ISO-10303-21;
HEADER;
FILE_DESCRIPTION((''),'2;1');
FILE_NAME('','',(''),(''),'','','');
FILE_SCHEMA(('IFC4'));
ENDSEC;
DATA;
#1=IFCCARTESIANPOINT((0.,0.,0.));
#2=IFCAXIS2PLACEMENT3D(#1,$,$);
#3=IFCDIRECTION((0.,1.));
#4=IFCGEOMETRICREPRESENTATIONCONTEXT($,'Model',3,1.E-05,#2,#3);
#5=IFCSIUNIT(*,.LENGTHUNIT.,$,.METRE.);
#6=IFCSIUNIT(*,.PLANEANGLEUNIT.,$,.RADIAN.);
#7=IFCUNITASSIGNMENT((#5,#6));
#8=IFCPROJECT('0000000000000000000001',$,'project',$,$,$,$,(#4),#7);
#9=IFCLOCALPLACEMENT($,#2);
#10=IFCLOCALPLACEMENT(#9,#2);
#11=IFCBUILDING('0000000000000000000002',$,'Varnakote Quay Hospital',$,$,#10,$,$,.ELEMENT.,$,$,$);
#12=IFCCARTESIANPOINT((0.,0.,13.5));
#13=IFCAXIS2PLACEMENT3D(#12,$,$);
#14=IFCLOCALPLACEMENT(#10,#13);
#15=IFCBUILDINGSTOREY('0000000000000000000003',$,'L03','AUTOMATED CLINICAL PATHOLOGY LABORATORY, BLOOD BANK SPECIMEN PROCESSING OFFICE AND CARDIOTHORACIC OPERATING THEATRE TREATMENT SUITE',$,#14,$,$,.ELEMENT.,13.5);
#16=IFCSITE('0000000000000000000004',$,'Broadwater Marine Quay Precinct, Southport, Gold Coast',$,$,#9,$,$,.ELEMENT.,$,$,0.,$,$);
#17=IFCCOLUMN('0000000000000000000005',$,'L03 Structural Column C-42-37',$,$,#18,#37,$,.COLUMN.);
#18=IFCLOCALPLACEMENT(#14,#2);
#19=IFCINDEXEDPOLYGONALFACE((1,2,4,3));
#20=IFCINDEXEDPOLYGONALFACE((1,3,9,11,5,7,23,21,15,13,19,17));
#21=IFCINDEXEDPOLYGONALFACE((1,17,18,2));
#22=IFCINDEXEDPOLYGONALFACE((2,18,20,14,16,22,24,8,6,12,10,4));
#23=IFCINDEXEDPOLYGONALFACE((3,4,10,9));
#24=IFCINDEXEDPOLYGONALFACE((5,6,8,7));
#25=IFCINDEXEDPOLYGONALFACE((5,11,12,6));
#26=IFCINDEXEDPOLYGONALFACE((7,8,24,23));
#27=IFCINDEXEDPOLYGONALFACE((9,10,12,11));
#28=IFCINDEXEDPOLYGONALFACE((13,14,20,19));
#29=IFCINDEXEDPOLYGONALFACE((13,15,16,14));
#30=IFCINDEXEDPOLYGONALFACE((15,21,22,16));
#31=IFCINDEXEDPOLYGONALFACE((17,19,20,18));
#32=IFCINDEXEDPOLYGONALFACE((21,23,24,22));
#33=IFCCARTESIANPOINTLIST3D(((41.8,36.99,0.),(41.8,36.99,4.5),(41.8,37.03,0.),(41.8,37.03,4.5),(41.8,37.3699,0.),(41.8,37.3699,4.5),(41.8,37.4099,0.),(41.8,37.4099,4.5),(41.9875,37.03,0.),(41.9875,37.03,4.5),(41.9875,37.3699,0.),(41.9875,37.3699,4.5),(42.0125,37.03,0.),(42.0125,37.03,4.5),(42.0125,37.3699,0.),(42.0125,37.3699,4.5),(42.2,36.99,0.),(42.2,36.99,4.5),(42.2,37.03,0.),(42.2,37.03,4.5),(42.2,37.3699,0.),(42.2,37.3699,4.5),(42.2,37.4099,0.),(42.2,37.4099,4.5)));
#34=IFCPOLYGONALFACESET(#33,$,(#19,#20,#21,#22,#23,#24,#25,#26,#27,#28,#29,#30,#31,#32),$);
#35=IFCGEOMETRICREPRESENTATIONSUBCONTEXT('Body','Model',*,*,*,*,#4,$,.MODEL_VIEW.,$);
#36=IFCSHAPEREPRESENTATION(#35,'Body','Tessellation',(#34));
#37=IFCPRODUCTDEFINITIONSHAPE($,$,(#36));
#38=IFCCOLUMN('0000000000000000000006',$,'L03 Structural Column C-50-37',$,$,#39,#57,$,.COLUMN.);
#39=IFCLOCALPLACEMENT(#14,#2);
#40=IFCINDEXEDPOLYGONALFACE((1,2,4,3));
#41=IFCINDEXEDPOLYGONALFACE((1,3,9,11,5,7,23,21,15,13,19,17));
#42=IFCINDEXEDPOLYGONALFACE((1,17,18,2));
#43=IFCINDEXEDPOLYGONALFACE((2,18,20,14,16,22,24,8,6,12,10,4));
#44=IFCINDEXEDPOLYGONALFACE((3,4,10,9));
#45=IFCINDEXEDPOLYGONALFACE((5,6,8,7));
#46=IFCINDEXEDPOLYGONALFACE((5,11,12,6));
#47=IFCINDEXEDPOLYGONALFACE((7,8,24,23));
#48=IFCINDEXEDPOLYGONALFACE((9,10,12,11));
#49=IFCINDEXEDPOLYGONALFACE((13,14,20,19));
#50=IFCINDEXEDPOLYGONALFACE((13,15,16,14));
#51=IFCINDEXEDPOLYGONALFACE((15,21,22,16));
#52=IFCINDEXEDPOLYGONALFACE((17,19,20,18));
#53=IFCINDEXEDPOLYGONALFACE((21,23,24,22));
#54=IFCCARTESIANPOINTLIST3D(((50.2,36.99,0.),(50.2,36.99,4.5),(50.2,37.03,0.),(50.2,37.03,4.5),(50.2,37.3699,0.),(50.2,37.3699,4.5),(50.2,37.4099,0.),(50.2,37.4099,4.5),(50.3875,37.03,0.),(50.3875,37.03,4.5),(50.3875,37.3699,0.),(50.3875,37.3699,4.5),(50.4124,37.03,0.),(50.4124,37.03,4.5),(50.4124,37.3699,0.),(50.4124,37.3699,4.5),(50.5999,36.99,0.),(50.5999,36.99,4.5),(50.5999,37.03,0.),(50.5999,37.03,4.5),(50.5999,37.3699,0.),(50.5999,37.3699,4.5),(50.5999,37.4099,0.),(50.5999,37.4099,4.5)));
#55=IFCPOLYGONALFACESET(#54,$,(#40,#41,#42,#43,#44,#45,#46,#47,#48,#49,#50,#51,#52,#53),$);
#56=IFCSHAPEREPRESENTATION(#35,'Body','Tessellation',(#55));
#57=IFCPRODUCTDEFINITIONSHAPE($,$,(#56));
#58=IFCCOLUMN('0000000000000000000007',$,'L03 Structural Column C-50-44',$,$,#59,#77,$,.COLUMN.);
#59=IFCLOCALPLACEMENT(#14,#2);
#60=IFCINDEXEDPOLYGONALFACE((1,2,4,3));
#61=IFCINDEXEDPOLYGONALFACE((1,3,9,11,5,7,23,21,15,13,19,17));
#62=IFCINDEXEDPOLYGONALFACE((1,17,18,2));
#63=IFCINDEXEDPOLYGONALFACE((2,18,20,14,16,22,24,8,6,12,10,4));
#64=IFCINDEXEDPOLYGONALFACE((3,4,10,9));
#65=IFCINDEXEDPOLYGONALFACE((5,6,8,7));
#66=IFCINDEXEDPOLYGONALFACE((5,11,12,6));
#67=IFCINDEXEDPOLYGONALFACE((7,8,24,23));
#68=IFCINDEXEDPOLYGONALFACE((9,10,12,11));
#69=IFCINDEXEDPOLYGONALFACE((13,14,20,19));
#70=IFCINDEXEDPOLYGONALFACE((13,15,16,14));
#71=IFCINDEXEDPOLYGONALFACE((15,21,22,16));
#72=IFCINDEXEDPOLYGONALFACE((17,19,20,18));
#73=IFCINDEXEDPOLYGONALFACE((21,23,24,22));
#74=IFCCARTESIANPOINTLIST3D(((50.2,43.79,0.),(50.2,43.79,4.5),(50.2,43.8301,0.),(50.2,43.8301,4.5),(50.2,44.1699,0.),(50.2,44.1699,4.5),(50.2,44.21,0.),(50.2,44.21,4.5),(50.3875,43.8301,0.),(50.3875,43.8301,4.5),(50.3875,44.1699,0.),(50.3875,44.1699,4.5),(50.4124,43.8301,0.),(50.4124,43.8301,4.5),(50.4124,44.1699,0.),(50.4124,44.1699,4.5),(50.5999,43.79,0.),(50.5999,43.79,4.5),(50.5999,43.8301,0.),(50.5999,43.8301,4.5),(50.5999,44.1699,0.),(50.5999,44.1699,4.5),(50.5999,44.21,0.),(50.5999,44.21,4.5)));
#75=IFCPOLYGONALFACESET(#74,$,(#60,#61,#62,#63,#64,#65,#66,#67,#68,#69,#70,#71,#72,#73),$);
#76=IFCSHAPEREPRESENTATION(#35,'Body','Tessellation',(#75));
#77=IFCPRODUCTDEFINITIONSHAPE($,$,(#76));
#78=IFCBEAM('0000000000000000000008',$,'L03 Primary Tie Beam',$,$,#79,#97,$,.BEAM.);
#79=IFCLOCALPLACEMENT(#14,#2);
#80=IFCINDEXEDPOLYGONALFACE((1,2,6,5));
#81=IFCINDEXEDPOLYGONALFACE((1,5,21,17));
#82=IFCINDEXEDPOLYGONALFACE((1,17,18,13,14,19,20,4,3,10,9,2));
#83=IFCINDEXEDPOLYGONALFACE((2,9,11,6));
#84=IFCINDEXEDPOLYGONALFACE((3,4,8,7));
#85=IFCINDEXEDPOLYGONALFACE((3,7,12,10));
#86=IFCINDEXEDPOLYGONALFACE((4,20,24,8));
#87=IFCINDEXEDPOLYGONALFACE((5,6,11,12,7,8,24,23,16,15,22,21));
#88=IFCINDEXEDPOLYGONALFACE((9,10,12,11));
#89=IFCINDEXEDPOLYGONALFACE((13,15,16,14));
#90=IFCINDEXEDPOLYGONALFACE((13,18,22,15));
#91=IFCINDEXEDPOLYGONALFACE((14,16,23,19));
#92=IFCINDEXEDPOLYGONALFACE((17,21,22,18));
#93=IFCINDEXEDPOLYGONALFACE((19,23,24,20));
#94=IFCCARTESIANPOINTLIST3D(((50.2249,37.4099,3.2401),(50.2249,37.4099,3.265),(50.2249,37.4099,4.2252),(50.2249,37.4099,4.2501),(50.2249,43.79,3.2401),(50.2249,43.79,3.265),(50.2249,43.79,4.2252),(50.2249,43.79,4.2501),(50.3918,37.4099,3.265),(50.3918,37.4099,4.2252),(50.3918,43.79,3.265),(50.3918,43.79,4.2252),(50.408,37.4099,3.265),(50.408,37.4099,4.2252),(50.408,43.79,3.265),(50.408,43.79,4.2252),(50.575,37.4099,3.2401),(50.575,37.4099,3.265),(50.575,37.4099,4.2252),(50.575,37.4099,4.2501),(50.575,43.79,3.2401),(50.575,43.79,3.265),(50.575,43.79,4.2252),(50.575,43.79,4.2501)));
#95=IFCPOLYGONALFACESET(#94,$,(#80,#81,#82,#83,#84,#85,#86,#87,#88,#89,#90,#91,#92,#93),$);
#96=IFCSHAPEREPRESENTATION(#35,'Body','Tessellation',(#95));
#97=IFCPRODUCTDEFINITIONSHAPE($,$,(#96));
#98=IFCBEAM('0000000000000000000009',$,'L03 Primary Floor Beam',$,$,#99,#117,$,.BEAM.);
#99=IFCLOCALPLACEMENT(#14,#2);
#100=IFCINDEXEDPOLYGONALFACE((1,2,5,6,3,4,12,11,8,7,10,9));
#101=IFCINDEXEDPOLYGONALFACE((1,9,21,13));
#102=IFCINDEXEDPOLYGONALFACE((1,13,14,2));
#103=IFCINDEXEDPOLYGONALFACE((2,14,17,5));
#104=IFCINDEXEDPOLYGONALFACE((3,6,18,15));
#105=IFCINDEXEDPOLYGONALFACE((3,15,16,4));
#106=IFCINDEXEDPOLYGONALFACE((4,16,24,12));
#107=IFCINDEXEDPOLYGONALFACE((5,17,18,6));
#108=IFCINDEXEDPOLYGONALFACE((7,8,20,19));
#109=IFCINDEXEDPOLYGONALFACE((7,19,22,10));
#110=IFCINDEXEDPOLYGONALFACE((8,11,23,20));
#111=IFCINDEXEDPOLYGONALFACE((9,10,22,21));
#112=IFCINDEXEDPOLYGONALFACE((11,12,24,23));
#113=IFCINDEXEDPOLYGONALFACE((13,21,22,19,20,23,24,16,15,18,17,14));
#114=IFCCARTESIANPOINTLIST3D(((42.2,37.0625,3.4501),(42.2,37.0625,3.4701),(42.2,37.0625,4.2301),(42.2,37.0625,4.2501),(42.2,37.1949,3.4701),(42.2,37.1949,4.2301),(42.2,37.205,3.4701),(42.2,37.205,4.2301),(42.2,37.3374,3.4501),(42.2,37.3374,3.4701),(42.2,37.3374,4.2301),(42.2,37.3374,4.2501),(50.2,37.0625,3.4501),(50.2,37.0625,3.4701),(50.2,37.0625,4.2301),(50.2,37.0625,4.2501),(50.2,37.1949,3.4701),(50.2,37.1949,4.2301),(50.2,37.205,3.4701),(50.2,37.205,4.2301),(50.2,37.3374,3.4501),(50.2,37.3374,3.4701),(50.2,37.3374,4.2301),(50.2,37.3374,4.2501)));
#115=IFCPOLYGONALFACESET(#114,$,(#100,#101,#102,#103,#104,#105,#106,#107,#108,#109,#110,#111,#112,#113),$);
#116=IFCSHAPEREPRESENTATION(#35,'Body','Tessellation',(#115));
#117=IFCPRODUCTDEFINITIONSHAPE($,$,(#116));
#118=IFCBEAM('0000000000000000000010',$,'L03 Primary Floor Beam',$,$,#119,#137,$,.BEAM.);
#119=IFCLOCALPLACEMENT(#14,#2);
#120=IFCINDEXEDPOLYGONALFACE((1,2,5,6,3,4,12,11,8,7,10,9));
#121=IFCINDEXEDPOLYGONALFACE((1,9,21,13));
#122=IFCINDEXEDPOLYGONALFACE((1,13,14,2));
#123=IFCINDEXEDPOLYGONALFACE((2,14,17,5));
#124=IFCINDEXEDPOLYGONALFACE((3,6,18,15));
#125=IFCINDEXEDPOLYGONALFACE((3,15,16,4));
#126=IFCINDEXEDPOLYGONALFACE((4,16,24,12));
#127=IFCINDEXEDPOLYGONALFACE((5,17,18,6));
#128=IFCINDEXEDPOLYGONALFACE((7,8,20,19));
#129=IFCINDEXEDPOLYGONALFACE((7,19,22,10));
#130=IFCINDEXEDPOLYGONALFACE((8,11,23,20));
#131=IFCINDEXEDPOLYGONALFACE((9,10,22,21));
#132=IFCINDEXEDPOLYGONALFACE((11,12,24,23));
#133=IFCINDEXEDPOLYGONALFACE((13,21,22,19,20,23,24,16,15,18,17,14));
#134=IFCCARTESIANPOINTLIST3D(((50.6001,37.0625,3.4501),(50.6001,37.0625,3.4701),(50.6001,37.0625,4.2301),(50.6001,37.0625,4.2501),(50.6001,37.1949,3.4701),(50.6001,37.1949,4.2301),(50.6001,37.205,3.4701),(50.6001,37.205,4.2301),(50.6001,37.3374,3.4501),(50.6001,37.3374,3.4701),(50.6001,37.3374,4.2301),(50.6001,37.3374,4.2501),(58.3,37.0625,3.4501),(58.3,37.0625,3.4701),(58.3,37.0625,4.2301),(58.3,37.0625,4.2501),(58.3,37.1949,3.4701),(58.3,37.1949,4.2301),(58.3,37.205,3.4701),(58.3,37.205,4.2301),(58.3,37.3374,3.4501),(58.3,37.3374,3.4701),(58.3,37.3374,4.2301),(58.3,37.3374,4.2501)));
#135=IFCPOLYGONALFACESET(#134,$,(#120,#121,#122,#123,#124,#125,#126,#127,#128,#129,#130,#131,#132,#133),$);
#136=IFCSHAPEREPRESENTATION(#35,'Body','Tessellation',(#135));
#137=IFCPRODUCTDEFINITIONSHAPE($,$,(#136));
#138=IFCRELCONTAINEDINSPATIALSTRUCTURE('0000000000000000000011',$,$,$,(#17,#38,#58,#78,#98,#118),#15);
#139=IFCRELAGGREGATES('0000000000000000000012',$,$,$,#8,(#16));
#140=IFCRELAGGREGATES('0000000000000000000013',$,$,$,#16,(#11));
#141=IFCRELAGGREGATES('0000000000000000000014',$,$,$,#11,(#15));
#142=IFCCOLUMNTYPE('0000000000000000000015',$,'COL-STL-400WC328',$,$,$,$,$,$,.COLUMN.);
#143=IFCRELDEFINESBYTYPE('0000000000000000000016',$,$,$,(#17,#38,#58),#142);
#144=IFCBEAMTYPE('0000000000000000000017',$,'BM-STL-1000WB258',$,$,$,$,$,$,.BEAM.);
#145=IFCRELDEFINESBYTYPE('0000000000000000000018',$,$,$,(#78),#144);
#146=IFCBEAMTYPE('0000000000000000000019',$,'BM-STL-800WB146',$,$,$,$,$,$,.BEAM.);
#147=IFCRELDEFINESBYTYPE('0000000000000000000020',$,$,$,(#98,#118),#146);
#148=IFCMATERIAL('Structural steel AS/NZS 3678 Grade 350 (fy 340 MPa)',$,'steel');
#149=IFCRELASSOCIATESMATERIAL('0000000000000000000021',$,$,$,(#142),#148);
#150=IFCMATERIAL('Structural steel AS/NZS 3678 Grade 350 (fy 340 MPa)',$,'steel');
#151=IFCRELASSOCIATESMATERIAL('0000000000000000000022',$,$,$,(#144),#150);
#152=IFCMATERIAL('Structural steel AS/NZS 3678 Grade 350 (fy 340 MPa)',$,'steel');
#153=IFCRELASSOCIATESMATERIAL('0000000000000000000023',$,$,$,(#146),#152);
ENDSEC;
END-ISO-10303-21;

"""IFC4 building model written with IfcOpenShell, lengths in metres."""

from ifc_helpers import new_model, si_unit, direction, frame, origin, origin_2d, place, context, subcontext, project, spatial, i_section, extrude, material, material_profile, profile_set, type_object, element, save


model = new_model("IFC4")

# Units and contexts
model_context = context("Model", 3, precision=1e-05, world=origin(), true_north=direction((0.0, 1.0)))
body_context = subcontext(model_context, "Body", "Model", "MODEL_VIEW")
ifc_project = project(units=[si_unit("LENGTHUNIT", "METRE"), si_unit("PLANEANGLEUNIT", "RADIAN")], contexts=[model_context])

# Site, building, storey
site_placement = place(None, origin())
site = spatial("IfcSite", under=ifc_project, at=site_placement, Name="Broadwater Marine Quay Precinct, Southport, Gold Coast", CompositionType="ELEMENT", RefElevation=0.0)
building_placement = place(site_placement, origin())
building = spatial("IfcBuilding", under=site, at=building_placement, Name="Varnakote Quay Hospital", CompositionType="ELEMENT")
storey_placement = place(building_placement, frame((0.0, 0.0, 13.5)))
storey = spatial("IfcBuildingStorey", under=building, at=storey_placement, Name="L03", Description="AUTOMATED CLINICAL PATHOLOGY LABORATORY, BLOOD BANK SPECIMEN PROCESSING OFFICE AND CARDIOTHORACIC OPERATING THEATRE TREATMENT SUITE", CompositionType="ELEMENT", Elevation=13.5)

# Columns
ifc_material_1 = material(Name="Structural steel AS/NZS 3678 Grade 350 (fy 340 MPa)", Category="steel")
ifc_material_profile_1 = material_profile(ifc_material_1, i_section(OverallWidth=0.3999, OverallDepth=0.4199, WebThickness=0.0249, FlangeThickness=0.04, at=origin_2d()), Name="400WC328")
ifc_profile_set_1 = profile_set([ifc_material_profile_1], Name="Structural steel AS/NZS 3678 Grade 350 (fy 340 MPa)")
column_type = type_object("IfcColumnType", Name="COL-STL-400WC328", PredefinedType="COLUMN", material=ifc_profile_set_1)
for number, where, z_axis, x_axis, name in (
    (1, (42.0, 37.2, 0.0), (0.0, 0.0, 1.0), (1.0, 0.0, 0.0), "L03 Structural Column C-42-37"),
    (2, (50.3999, 37.2, 0.0), (0.0, 0.0, 1.0), (1.0, 0.0, 0.0), "L03 Structural Column C-50-37"),
    (3, (50.3999, 44.0, 0.0), (0.0, 0.0, 1.0), (1.0, 0.0, 0.0), "L03 Structural Column C-50-44"),
):
    element("IfcColumn", number, at=place(storey_placement, frame(where, z_axis=z_axis, x_axis=x_axis)), inside=storey, type_object=column_type, Name=name, PredefinedType="COLUMN", context=body_context, shape_type="SweptSolid", body=[
        extrude(i_section(OverallWidth=0.3999, OverallDepth=0.4199, WebThickness=0.0249, FlangeThickness=0.04, at=origin_2d()), origin(), (0.0, 0.0, 1.0), 4.5),
    ])

# Beams
ifc_material_2 = material(Name="Structural steel AS/NZS 3678 Grade 350 (fy 340 MPa)", Category="steel")
ifc_material_profile_2 = material_profile(ifc_material_2, i_section(OverallWidth=0.3501, OverallDepth=1.01, WebThickness=0.0161, FlangeThickness=0.0249, at=origin_2d()), Name="1000WB258")
ifc_profile_set_2 = profile_set([ifc_material_profile_2], Name="Structural steel AS/NZS 3678 Grade 350 (fy 340 MPa)")
beam_type_1 = type_object("IfcBeamType", Name="BM-STL-1000WB258", PredefinedType="BEAM", material=ifc_profile_set_2)
beam_1_placement = place(storey_placement, frame((50.3999, 37.4099, 3.7451), z_axis=(0.0, 1.0, 0.0), x_axis=(-1.0, 0.0, 0.0)))
element("IfcBeam", 4, at=beam_1_placement, inside=storey, type_object=beam_type_1, Name="L03 Primary Tie Beam", PredefinedType="BEAM", context=body_context, shape_type="SweptSolid", body=[
    extrude(i_section(OverallWidth=0.3501, OverallDepth=1.01, WebThickness=0.0161, FlangeThickness=0.0249, at=origin_2d()), origin(), (0.0, 0.0, 1.0), 6.3801),
])
ifc_material_3 = material(Name="Structural steel AS/NZS 3678 Grade 350 (fy 340 MPa)", Category="steel")
ifc_material_profile_3 = material_profile(ifc_material_3, i_section(OverallWidth=0.2749, OverallDepth=0.8, WebThickness=0.01, FlangeThickness=0.02, at=origin_2d()), Name="800WB146")
ifc_profile_set_3 = profile_set([ifc_material_profile_3], Name="Structural steel AS/NZS 3678 Grade 350 (fy 340 MPa)")
beam_type_2 = type_object("IfcBeamType", Name="BM-STL-800WB146", PredefinedType="BEAM", material=ifc_profile_set_3)
beam_2_placement = place(storey_placement, frame((42.2, 37.2, 3.8501), z_axis=(1.0, 0.0, 0.0), x_axis=(0.0, 1.0, 0.0)))
element("IfcBeam", 5, at=beam_2_placement, inside=storey, type_object=beam_type_2, Name="L03 Primary Floor Beam", PredefinedType="BEAM", context=body_context, shape_type="SweptSolid", body=[
    extrude(i_section(OverallWidth=0.2749, OverallDepth=0.8, WebThickness=0.01, FlangeThickness=0.02, at=origin_2d()), origin(), (0.0, 0.0, 1.0), 8.0),
])
beam_3_placement = place(storey_placement, frame((50.6001, 37.2, 3.8501), z_axis=(1.0, 0.0, 0.0), x_axis=(0.0, 1.0, 0.0)))
element("IfcBeam", 6, at=beam_3_placement, inside=storey, type_object=beam_type_2, Name="L03 Primary Floor Beam", PredefinedType="BEAM", context=body_context, shape_type="SweptSolid", body=[
    extrude(i_section(OverallWidth=0.2749, OverallDepth=0.8, WebThickness=0.01, FlangeThickness=0.02, at=origin_2d()), origin(), (0.0, 0.0, 1.0), 7.7),
])

save(model, "model.ifc")
